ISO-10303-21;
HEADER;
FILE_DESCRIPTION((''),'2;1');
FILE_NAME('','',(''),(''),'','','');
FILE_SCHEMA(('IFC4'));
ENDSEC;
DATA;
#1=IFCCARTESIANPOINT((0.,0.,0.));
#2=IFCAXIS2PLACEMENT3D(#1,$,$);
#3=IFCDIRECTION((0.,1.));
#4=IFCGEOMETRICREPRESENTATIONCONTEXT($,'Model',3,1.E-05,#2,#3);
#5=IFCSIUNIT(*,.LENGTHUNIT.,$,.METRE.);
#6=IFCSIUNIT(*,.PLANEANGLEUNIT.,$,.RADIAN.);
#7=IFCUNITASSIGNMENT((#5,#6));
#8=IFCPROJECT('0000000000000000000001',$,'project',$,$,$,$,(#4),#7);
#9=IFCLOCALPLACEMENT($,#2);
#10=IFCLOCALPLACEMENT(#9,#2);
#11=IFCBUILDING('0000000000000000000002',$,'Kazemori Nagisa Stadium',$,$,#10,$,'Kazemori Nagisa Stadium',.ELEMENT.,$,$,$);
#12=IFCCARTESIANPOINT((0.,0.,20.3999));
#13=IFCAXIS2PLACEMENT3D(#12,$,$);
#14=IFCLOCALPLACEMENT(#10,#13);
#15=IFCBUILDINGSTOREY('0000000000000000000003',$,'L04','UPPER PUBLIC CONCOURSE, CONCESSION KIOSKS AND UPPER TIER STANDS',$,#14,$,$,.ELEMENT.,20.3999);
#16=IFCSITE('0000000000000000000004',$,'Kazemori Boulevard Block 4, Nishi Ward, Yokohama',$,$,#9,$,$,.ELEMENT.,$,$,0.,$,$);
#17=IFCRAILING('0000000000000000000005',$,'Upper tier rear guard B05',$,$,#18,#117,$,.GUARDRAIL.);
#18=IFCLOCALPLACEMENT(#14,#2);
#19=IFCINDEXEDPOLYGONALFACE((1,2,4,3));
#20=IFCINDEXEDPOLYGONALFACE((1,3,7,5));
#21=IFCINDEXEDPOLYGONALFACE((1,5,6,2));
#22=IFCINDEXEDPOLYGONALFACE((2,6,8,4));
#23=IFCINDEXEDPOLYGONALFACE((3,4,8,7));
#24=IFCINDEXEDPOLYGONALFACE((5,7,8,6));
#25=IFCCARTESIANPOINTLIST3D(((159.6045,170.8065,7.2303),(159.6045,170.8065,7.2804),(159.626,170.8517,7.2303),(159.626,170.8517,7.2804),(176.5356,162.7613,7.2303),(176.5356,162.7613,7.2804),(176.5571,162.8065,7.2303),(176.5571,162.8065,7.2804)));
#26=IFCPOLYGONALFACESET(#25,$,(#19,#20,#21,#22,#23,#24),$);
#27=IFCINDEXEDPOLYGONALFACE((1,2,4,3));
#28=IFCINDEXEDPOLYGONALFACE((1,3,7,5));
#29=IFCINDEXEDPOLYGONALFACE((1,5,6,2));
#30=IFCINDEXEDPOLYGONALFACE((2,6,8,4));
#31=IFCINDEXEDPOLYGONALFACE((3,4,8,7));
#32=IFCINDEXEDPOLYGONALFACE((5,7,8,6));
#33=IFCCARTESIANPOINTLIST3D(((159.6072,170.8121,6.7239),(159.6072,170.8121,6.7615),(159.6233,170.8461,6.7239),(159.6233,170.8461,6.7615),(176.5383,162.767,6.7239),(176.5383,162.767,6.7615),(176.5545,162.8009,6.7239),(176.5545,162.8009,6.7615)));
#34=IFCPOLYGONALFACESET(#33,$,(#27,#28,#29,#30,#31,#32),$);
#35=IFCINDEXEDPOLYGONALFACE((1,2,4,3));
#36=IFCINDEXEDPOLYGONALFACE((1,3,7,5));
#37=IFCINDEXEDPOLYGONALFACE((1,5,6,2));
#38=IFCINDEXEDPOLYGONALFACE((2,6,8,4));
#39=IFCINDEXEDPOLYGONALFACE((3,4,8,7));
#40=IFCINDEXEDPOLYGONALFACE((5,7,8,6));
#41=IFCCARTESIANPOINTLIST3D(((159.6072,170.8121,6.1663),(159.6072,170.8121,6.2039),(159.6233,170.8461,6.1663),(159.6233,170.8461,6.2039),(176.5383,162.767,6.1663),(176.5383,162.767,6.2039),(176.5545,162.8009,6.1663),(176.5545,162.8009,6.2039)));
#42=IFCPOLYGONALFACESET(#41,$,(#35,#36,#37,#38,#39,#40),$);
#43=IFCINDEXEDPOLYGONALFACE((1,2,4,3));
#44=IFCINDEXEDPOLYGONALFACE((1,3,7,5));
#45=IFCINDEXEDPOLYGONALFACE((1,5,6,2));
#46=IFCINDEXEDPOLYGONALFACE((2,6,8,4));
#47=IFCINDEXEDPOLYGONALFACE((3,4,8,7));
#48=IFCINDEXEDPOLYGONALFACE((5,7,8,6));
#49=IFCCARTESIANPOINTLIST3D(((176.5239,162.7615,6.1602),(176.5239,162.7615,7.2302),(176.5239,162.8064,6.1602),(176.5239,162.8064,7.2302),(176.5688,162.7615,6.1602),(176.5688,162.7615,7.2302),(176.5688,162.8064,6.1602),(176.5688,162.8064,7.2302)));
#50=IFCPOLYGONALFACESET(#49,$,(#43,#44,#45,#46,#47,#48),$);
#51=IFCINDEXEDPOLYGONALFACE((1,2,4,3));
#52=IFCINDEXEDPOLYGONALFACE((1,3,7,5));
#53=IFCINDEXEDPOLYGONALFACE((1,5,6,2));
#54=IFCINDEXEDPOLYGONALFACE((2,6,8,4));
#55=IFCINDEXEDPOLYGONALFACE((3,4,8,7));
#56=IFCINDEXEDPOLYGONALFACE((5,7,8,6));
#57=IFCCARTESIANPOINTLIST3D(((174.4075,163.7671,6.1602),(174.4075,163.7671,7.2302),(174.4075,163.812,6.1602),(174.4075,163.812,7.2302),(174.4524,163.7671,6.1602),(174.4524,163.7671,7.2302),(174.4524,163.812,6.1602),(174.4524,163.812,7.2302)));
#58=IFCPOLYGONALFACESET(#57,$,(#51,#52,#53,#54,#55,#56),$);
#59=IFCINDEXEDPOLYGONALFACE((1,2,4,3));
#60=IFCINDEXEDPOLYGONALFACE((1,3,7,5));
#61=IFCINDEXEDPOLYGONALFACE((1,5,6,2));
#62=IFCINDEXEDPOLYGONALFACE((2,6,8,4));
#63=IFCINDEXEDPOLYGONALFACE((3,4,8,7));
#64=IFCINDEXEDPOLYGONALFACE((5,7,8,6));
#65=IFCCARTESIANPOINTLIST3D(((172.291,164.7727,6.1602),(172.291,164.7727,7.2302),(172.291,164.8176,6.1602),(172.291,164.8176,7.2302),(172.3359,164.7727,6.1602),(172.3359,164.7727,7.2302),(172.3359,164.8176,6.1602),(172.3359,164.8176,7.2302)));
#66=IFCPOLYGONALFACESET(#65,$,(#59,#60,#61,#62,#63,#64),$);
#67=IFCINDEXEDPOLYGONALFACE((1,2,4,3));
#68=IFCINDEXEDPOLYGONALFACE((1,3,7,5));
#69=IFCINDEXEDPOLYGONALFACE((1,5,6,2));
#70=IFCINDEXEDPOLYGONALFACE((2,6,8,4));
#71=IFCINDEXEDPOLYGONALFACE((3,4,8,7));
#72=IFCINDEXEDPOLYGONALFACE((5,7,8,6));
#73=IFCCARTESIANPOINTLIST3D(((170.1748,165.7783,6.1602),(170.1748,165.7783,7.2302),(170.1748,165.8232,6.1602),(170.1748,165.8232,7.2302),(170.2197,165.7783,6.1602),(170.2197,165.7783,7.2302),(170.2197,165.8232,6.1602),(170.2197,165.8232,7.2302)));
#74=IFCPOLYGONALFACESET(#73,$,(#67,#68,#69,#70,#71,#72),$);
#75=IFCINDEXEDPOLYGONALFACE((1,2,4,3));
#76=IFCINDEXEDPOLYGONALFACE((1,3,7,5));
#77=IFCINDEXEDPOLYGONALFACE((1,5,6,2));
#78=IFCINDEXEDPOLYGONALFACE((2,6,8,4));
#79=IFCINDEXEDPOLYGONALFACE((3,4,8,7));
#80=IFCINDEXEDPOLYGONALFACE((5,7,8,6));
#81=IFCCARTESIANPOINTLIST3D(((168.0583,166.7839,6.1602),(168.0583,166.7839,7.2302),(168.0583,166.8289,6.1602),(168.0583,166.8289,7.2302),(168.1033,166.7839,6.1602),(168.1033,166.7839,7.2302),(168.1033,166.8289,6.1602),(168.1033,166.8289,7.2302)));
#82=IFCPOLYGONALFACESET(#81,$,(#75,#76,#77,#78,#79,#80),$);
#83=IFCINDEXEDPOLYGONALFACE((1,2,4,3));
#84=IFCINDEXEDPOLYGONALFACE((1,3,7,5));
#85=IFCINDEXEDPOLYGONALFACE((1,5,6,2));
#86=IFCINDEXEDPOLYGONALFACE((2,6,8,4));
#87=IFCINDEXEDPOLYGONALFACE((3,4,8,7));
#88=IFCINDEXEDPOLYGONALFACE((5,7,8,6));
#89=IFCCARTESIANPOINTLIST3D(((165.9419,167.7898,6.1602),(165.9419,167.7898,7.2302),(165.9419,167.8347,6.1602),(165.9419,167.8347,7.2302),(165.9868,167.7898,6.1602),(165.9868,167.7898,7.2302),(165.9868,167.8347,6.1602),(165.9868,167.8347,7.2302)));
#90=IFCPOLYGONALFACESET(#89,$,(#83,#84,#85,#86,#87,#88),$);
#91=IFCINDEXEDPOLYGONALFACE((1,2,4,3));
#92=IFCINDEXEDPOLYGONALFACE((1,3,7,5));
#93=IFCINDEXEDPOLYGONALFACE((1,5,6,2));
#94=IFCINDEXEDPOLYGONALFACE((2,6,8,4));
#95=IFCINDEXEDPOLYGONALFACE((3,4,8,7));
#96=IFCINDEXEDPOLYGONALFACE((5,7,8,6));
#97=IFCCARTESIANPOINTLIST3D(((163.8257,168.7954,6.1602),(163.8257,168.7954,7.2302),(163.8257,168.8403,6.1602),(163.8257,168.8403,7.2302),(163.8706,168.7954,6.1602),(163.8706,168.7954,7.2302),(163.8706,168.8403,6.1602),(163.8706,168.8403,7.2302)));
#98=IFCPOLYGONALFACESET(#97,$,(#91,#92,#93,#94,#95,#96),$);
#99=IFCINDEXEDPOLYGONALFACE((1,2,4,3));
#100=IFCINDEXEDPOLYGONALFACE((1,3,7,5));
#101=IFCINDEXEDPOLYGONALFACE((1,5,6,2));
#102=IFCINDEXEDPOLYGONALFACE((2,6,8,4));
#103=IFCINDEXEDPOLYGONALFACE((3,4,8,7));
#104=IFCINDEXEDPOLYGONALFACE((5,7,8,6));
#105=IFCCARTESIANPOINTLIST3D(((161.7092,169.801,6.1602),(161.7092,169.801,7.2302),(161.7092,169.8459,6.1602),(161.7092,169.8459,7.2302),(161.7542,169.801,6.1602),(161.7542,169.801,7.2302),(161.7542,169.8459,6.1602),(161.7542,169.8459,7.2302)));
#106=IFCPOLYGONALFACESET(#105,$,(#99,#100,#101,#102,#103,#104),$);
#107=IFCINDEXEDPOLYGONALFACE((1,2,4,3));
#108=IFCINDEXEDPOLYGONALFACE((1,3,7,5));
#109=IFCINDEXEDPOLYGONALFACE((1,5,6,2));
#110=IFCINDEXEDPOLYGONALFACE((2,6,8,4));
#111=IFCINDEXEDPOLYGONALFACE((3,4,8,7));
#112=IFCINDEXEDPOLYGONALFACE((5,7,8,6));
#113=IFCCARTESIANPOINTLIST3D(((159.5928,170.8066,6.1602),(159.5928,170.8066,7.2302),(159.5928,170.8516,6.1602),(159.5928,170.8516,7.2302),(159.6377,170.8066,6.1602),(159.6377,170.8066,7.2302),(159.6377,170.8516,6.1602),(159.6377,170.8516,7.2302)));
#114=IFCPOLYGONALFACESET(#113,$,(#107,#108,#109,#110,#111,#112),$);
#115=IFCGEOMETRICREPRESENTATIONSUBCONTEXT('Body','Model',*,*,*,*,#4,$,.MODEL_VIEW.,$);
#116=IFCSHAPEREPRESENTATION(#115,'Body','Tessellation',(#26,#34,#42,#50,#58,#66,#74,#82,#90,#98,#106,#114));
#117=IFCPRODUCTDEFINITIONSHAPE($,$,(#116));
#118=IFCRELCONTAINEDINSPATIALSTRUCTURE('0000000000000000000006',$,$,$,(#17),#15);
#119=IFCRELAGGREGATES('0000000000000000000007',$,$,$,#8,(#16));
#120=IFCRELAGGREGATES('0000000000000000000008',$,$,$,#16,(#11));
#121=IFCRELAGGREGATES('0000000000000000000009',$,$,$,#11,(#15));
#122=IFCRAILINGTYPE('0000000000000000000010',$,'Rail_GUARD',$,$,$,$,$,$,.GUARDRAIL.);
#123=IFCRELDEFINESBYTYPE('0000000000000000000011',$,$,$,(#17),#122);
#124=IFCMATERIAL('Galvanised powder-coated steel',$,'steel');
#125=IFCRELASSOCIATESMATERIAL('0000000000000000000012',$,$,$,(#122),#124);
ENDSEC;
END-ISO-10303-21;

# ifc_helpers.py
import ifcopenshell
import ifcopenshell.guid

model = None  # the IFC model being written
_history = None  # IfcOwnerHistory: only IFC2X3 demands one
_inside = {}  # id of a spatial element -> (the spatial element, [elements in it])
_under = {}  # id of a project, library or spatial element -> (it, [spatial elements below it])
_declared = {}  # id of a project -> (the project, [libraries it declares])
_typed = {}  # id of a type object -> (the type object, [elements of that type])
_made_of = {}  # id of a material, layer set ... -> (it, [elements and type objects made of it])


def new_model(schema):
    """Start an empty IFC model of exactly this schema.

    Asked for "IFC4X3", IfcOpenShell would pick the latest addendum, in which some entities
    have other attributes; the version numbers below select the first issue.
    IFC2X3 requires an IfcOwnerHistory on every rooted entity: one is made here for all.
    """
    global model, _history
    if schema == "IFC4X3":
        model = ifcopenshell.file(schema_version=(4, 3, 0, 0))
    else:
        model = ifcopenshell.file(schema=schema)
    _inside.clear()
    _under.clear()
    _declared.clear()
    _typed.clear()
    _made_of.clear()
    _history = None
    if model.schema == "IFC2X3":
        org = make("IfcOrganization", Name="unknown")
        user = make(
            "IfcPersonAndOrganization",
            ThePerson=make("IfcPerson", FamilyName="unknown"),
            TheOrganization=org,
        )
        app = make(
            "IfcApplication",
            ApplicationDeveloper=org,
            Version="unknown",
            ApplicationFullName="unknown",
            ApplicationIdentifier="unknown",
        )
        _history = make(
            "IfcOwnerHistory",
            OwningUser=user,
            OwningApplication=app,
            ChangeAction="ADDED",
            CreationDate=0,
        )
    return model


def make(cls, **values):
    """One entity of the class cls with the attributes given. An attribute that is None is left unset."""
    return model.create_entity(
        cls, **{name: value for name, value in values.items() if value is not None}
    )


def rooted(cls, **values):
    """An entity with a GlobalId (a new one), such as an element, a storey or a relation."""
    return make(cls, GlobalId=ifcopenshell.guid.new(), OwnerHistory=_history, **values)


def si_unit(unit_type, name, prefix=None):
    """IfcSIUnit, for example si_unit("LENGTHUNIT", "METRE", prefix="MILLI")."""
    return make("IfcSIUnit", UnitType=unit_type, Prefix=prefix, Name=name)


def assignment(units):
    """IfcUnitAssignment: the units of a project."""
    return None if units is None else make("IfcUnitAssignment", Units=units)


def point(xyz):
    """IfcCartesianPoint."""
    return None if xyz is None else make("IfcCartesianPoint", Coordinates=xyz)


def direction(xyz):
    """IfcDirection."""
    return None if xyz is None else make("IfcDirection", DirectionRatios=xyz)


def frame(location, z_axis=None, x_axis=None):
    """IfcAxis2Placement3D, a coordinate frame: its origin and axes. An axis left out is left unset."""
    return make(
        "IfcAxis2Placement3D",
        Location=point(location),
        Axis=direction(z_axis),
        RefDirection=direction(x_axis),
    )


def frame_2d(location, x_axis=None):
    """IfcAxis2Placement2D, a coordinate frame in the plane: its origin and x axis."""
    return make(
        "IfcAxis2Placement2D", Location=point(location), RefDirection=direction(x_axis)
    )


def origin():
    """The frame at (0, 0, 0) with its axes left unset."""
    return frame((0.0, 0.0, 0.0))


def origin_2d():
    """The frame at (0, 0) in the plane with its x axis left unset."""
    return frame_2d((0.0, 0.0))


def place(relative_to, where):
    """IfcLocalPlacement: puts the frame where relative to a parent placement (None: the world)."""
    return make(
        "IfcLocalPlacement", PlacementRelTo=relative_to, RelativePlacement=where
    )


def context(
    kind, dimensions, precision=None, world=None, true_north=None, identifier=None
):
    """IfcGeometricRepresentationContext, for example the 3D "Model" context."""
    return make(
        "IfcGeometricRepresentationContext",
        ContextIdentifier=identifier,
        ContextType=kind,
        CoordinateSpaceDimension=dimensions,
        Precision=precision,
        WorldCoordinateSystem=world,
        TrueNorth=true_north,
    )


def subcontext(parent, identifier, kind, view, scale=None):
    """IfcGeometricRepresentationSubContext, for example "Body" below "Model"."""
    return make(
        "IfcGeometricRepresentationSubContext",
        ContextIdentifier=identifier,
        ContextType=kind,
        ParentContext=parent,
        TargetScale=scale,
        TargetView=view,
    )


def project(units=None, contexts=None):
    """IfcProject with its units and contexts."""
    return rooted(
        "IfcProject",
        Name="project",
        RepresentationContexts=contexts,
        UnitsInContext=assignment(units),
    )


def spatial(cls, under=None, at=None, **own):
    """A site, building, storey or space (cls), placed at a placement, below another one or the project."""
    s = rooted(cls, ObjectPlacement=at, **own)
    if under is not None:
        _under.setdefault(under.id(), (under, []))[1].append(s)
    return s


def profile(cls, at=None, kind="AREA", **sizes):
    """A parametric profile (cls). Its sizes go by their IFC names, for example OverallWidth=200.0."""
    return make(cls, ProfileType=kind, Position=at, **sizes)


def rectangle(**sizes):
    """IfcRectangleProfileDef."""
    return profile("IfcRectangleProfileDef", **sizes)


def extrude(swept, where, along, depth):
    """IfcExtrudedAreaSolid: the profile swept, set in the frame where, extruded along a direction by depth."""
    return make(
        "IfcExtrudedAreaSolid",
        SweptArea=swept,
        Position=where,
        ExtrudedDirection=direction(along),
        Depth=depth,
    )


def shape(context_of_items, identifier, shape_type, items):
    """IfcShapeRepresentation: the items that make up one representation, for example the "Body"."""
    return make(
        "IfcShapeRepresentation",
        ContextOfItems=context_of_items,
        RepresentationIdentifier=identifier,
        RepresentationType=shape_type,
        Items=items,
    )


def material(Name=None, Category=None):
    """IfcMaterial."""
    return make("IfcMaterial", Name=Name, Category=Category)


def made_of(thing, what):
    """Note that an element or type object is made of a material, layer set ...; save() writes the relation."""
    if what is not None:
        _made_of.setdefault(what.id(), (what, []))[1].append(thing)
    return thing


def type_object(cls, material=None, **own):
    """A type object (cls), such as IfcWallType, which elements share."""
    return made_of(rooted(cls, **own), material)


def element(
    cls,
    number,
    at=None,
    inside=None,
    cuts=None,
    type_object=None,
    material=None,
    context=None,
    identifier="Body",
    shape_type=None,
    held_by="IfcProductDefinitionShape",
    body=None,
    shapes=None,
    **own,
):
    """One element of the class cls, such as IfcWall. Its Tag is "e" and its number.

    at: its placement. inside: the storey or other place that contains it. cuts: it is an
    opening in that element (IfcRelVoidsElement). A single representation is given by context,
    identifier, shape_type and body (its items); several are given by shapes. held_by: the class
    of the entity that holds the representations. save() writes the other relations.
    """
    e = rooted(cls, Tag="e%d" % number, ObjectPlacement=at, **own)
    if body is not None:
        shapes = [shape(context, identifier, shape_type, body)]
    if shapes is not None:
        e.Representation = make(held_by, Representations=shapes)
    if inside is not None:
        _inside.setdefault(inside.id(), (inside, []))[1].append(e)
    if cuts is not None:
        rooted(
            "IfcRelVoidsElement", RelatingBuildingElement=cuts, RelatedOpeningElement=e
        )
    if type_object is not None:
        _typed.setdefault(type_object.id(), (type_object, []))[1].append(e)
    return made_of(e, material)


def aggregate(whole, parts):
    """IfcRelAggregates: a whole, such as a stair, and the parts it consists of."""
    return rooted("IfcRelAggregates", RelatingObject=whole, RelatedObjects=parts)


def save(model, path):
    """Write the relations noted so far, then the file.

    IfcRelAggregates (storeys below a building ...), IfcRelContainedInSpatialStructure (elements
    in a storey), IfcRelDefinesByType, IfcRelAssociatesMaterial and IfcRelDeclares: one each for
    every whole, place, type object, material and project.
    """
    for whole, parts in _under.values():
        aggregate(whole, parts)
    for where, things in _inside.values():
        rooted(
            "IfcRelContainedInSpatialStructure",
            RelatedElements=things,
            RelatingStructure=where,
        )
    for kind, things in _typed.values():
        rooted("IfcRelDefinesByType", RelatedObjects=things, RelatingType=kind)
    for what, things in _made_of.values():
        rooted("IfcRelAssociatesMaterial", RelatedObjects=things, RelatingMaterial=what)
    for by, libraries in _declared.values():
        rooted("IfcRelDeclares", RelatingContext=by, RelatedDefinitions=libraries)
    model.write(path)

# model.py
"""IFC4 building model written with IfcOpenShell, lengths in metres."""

from ifc_helpers import new_model, si_unit, direction, frame, origin, origin_2d, place, context, subcontext, project, spatial, rectangle, extrude, material, type_object, element, save


model = new_model("IFC4")

# Units and contexts
model_context = context("Model", 3, precision=1e-05, world=origin(), true_north=direction((0.0, 1.0)))
body_context = subcontext(model_context, "Body", "Model", "MODEL_VIEW")
ifc_project = project(units=[si_unit("LENGTHUNIT", "METRE"), si_unit("PLANEANGLEUNIT", "RADIAN")], contexts=[model_context])

# Site, building, storey
site_placement = place(None, origin())
site = spatial("IfcSite", under=ifc_project, at=site_placement, Name="Kazemori Boulevard Block 4, Nishi Ward, Yokohama", CompositionType="ELEMENT", RefElevation=0.0)
building_placement = place(site_placement, origin())
building = spatial("IfcBuilding", under=site, at=building_placement, Name="Kazemori Nagisa Stadium", LongName="Kazemori Nagisa Stadium", CompositionType="ELEMENT")
storey_placement = place(building_placement, frame((0.0, 0.0, 20.3999)))
storey = spatial("IfcBuildingStorey", under=building, at=storey_placement, Name="L04", Description="UPPER PUBLIC CONCOURSE, CONCESSION KIOSKS AND UPPER TIER STANDS", CompositionType="ELEMENT", Elevation=20.3999)

# Railing
ifc_material_1 = material(Name="Galvanised powder-coated steel", Category="steel")
railing_type = type_object("IfcRailingType", Name="Rail_GUARD", PredefinedType="GUARDRAIL", material=ifc_material_1)
railing_placement = place(storey_placement, frame((176.5464, 162.7839, 6.1602)))
element("IfcRailing", 1, at=railing_placement, inside=storey, type_object=railing_type, Name="Upper tier rear guard B05", PredefinedType="GUARDRAIL", context=body_context, shape_type="SweptSolid", body=[
    extrude(rectangle(XDim=0.05, YDim=0.05, at=origin_2d()), frame((0.0, 0.0, 1.0952), z_axis=(-0.903218, 0.429182, 0.0), x_axis=(-0.429182, -0.903218, 0.0)), (0.0, 0.0, 1.0), 18.7454),
    extrude(rectangle(XDim=0.0376, YDim=0.0376, at=origin_2d()), frame((0.0, 0.0, 0.5825), z_axis=(-0.903218, 0.429182, 0.0), x_axis=(-0.429182, -0.903218, 0.0)), (0.0, 0.0, 1.0), 18.7454),
    extrude(rectangle(XDim=0.0376, YDim=0.0376, at=origin_2d()), frame((0.0, 0.0, 0.0249), z_axis=(-0.903218, 0.429182, 0.0), x_axis=(-0.429182, -0.903218, 0.0)), (0.0, 0.0, 1.0), 18.7454),
    extrude(rectangle(XDim=0.0449, YDim=0.0449, at=origin_2d()), origin(), (0.0, 0.0, 1.0), 1.0701),
    extrude(rectangle(XDim=0.0449, YDim=0.0449, at=origin_2d()), frame((-2.1165, 1.0056, 0.0)), (0.0, 0.0, 1.0), 1.0701),
    extrude(rectangle(XDim=0.0449, YDim=0.0449, at=origin_2d()), frame((-4.2329, 2.0112, 0.0)), (0.0, 0.0, 1.0), 1.0701),
    extrude(rectangle(XDim=0.0449, YDim=0.0449, at=origin_2d()), frame((-6.3491, 3.0168, 0.0)), (0.0, 0.0, 1.0), 1.0701),
    extrude(rectangle(XDim=0.0449, YDim=0.0449, at=origin_2d()), frame((-8.4656, 4.0225, 0.0)), (0.0, 0.0, 1.0), 1.0701),
    extrude(rectangle(XDim=0.0449, YDim=0.0449, at=origin_2d()), frame((-10.582, 5.0283, 0.0)), (0.0, 0.0, 1.0), 1.0701),
    extrude(rectangle(XDim=0.0449, YDim=0.0449, at=origin_2d()), frame((-12.6982, 6.0339, 0.0)), (0.0, 0.0, 1.0), 1.0701),
    extrude(rectangle(XDim=0.0449, YDim=0.0449, at=origin_2d()), frame((-14.8147, 7.0396, 0.0)), (0.0, 0.0, 1.0), 1.0701),
    extrude(rectangle(XDim=0.0449, YDim=0.0449, at=origin_2d()), frame((-16.9312, 8.0452, 0.0)), (0.0, 0.0, 1.0), 1.0701),
])

save(model, "model.ifc")
